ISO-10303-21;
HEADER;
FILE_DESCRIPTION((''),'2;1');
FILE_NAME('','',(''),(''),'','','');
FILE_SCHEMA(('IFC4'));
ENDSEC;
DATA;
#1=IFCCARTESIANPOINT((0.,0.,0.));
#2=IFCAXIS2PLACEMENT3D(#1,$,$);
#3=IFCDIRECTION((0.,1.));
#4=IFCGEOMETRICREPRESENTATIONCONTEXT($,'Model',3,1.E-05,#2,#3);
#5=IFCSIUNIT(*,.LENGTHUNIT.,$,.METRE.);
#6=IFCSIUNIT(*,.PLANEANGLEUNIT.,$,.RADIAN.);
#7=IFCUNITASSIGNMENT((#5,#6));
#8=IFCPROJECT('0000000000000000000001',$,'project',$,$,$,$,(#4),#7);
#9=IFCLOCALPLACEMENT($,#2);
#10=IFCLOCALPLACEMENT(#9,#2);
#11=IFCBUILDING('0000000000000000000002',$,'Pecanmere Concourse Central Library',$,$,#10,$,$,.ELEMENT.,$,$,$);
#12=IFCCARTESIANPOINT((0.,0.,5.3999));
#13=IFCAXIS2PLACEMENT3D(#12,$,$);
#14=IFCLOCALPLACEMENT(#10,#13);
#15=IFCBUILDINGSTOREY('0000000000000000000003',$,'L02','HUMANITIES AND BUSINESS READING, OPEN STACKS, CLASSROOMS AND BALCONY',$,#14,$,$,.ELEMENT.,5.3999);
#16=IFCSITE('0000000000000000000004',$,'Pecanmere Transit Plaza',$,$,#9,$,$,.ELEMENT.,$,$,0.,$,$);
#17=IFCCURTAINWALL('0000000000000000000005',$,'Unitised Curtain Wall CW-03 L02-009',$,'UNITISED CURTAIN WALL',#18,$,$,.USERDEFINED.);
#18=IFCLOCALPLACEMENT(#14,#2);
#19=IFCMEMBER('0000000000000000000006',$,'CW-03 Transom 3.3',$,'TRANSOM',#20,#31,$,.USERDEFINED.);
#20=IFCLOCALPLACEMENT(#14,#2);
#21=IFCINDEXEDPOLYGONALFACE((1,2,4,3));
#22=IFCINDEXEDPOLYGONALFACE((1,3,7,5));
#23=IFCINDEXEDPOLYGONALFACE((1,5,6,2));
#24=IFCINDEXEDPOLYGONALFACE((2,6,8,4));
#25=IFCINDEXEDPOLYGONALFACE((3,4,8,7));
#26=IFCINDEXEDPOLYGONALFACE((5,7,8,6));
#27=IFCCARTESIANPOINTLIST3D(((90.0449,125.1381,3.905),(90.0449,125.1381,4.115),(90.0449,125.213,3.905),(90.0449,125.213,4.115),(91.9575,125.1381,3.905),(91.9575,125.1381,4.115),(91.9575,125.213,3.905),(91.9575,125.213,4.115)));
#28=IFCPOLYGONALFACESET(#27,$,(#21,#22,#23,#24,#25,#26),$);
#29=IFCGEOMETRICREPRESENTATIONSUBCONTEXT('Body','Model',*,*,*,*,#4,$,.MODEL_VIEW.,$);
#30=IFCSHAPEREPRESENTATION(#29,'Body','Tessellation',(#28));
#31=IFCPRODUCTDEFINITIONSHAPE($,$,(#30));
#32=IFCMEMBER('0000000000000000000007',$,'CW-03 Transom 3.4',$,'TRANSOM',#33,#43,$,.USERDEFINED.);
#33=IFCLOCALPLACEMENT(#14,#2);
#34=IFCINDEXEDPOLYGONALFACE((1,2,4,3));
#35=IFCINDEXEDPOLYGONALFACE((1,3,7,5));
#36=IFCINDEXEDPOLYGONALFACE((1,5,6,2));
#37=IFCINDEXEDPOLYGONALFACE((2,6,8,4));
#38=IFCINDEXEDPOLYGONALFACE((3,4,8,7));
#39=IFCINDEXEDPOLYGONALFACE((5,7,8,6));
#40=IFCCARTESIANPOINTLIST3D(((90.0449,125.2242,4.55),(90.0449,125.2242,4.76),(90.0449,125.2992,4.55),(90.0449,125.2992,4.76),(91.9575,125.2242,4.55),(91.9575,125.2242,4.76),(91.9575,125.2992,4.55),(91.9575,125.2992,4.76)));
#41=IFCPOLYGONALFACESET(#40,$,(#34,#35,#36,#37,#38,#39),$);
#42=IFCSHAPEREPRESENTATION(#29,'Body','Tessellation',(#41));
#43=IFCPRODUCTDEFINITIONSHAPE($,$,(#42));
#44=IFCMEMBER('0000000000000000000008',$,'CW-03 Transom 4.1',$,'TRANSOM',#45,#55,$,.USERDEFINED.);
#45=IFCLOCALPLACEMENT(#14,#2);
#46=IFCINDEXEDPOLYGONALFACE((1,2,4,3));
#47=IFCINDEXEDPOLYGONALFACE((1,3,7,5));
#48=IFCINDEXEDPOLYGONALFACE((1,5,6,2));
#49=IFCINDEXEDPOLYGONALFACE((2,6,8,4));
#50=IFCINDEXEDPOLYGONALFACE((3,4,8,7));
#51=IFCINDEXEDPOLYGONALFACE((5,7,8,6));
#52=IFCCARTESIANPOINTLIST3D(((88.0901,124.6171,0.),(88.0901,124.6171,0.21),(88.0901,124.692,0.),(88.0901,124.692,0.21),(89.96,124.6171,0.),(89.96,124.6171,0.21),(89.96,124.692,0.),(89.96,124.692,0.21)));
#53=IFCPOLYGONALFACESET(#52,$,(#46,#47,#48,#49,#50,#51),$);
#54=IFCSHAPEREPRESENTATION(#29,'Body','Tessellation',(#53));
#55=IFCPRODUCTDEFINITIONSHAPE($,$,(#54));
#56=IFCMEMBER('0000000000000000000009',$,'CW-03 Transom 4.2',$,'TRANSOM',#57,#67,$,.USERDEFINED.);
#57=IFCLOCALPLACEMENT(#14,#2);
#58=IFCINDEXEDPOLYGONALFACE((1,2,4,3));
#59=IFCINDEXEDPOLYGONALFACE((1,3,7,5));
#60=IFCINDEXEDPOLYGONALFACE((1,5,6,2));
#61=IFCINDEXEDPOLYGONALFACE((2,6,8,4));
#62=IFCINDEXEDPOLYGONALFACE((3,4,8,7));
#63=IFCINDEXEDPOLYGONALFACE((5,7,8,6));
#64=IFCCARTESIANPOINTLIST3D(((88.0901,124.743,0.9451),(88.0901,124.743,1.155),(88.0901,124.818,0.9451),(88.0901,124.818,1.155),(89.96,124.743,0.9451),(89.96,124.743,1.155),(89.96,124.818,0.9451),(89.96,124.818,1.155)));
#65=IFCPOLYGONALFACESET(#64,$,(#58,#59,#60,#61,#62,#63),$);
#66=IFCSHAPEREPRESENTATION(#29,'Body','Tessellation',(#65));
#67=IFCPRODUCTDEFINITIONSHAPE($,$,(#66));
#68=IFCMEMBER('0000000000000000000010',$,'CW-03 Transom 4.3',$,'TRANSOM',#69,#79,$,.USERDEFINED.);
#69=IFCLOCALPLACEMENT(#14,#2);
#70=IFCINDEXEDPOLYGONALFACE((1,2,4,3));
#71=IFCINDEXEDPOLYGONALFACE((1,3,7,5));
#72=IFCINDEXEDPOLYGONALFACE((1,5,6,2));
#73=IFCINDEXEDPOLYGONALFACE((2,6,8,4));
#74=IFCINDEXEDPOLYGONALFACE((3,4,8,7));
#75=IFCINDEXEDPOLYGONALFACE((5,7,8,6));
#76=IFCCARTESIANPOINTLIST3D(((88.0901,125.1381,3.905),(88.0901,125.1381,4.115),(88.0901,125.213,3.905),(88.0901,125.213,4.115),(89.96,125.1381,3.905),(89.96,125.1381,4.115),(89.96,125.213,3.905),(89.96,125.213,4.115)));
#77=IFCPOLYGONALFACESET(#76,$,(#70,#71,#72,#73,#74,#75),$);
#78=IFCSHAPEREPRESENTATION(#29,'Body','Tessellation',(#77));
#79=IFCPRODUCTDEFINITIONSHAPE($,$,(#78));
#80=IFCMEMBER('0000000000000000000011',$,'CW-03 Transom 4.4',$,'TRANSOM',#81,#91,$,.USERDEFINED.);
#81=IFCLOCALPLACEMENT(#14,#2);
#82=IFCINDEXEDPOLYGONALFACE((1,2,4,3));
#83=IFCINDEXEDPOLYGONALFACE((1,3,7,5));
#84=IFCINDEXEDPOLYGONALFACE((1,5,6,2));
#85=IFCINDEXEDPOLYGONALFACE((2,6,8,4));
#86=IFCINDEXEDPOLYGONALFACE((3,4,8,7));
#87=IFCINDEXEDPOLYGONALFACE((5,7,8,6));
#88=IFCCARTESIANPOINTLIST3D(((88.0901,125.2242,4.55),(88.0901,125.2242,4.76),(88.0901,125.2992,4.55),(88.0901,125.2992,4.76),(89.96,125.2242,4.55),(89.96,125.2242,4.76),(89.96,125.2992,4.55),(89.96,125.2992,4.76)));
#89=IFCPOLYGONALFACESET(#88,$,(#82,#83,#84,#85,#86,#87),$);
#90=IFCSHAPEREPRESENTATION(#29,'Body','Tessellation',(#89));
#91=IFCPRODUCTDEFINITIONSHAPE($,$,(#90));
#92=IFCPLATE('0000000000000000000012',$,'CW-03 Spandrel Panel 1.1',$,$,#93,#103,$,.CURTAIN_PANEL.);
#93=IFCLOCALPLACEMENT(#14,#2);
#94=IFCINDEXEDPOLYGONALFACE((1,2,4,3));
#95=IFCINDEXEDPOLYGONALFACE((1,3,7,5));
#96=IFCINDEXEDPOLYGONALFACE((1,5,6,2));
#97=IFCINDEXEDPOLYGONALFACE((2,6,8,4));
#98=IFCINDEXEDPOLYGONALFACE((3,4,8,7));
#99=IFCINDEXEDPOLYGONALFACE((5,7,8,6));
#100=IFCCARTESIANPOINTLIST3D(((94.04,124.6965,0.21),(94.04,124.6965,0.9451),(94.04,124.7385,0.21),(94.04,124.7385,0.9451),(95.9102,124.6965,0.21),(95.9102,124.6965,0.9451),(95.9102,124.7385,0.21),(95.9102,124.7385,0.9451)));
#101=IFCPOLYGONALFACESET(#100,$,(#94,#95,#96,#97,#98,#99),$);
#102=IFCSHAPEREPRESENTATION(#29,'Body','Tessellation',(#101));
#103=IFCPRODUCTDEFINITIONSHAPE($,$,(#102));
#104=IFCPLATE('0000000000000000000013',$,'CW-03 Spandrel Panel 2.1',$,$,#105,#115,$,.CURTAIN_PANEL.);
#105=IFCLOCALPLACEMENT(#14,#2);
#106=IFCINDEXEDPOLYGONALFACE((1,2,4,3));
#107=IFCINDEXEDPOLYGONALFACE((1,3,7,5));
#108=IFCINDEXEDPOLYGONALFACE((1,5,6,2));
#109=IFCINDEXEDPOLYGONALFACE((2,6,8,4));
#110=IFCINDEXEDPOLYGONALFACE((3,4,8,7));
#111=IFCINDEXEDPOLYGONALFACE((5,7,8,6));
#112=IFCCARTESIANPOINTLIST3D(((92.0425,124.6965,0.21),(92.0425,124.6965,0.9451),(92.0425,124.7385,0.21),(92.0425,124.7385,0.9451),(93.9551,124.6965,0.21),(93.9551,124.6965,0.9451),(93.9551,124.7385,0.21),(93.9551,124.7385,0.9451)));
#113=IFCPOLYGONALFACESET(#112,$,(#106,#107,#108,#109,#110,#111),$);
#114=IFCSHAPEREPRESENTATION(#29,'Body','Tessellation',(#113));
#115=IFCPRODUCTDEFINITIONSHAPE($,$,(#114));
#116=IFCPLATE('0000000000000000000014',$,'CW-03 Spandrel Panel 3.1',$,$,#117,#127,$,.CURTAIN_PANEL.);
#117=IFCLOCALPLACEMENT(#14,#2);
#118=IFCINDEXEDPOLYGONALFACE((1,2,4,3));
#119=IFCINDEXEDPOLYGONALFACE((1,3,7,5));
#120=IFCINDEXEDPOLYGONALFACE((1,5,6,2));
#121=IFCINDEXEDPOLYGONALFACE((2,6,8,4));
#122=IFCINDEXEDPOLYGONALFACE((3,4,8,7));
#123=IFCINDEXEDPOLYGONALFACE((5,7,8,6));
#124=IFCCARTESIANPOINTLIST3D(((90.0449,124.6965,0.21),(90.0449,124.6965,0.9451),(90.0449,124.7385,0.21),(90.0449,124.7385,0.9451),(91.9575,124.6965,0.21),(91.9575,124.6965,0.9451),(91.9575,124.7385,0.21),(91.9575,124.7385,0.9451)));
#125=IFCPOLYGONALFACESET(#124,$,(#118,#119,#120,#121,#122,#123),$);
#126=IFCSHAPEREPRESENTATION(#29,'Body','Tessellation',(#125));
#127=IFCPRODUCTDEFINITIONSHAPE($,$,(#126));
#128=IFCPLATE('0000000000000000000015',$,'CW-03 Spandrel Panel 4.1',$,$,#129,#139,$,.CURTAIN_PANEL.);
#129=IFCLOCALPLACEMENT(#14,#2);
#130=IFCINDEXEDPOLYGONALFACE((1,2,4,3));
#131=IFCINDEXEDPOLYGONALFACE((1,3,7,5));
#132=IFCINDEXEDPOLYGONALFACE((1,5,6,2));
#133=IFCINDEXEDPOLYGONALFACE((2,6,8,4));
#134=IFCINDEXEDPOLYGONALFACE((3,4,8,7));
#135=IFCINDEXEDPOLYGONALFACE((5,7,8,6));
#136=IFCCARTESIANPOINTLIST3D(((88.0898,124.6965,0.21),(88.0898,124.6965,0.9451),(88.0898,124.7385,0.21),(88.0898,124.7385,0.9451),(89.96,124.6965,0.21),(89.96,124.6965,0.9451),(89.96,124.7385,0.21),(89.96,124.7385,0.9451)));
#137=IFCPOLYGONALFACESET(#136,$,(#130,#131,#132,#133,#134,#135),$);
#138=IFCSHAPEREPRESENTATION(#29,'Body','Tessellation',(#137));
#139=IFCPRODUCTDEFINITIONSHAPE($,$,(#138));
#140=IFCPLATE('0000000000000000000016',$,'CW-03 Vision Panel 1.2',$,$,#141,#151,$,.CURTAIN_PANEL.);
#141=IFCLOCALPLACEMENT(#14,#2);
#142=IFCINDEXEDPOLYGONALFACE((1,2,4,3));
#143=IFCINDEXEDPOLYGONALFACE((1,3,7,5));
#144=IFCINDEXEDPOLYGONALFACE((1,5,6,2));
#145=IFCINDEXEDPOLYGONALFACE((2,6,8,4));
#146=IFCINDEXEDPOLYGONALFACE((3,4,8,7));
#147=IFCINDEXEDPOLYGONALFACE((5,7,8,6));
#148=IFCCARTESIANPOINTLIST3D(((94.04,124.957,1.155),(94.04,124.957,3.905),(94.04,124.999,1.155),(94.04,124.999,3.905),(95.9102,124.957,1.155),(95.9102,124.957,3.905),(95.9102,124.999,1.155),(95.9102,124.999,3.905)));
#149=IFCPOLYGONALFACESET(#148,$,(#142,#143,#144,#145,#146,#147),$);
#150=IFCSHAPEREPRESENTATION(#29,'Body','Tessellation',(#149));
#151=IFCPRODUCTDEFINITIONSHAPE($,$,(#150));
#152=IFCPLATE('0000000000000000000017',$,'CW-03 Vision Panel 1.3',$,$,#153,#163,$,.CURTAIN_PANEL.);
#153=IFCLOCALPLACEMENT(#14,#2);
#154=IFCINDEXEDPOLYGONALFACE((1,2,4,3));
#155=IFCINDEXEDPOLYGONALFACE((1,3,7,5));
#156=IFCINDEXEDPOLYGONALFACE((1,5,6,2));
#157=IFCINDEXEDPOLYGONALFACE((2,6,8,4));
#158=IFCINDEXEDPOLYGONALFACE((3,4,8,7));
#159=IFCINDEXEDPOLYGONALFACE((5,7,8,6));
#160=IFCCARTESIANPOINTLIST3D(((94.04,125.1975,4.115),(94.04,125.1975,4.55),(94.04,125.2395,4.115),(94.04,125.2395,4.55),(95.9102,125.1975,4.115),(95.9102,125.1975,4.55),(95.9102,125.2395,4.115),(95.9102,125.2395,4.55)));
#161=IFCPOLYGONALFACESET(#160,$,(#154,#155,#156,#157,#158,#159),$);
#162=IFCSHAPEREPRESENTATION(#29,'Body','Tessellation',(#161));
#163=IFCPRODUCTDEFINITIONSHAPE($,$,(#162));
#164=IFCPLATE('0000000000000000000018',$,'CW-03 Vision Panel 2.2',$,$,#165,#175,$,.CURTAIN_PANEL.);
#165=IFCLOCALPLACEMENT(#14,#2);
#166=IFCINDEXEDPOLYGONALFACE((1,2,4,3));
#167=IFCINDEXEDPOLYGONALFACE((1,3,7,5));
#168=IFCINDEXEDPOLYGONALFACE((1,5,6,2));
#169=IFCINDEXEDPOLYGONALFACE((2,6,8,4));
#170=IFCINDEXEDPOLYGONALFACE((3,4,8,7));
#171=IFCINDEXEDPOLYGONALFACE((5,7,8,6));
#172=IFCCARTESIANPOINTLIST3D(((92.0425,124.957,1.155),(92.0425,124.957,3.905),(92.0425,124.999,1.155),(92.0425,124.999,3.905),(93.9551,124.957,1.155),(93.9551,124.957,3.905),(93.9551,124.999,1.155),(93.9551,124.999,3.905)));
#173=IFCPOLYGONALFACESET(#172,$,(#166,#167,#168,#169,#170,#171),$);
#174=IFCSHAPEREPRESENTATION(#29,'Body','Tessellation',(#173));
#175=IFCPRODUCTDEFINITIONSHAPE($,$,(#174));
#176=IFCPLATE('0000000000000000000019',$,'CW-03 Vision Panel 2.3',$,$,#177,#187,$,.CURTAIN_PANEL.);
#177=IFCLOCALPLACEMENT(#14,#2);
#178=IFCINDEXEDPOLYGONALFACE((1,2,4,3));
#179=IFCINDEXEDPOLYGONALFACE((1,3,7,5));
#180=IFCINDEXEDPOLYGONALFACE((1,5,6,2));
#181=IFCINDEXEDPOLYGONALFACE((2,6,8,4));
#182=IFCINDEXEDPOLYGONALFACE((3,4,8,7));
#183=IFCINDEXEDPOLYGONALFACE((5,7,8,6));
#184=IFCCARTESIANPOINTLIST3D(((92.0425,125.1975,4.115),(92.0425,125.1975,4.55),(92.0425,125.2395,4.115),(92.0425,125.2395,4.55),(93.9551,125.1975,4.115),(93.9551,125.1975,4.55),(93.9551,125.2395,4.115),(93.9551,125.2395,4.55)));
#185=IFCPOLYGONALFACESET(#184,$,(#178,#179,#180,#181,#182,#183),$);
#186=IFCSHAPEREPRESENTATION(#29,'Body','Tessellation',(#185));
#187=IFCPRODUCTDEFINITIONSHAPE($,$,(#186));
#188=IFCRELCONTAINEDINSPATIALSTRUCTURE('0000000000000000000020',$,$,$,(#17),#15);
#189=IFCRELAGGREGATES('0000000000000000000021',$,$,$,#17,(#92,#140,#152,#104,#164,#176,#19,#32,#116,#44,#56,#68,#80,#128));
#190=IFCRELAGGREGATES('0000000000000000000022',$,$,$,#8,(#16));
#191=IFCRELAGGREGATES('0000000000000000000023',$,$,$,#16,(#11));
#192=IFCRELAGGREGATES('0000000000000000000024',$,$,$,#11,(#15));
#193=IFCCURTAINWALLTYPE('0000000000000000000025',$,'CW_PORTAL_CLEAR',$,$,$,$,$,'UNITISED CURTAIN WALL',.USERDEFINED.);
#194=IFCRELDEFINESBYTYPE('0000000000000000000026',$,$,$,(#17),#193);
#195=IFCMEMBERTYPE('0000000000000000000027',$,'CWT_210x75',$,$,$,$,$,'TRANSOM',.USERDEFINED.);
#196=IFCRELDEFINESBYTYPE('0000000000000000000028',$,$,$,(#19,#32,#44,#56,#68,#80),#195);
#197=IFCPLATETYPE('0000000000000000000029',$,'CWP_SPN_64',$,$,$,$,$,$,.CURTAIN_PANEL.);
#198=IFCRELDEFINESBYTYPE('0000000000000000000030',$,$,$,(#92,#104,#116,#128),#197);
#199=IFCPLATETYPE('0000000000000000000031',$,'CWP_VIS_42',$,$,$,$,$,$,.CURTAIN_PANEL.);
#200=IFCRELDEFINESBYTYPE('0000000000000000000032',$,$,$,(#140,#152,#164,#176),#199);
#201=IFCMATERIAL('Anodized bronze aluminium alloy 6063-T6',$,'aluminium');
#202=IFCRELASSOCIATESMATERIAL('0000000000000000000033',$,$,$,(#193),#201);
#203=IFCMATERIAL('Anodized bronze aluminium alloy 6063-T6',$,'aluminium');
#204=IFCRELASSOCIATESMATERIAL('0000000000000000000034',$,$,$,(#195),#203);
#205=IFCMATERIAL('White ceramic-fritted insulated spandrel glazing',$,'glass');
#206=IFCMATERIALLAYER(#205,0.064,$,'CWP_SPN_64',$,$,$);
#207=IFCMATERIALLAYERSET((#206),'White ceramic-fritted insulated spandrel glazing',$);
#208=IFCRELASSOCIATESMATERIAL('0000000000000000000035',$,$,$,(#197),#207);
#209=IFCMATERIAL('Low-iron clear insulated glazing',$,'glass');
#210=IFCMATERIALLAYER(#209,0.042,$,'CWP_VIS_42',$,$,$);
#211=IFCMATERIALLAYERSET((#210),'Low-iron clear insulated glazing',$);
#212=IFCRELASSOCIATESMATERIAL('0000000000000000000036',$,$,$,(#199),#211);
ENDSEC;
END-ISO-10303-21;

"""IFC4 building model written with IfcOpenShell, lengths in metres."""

from ifc_helpers import new_model, si_unit, direction, frame, origin, origin_2d, place, context, subcontext, project, spatial, rectangle, extrude, material, layer, layer_set, material_profile, profile_set, type_object, element, aggregate, save


model = new_model("IFC4")

# Units and contexts
model_context = context("Model", 3, precision=1e-05, world=origin(), true_north=direction((0.0, 1.0)))
body_context = subcontext(model_context, "Body", "Model", "MODEL_VIEW")
ifc_project = project(units=[si_unit("LENGTHUNIT", "METRE"), si_unit("PLANEANGLEUNIT", "RADIAN")], contexts=[model_context])

# Site, building, storey
site_placement = place(None, origin())
site = spatial("IfcSite", under=ifc_project, at=site_placement, Name="Pecanmere Transit Plaza", CompositionType="ELEMENT", RefElevation=0.0)
building_placement = place(site_placement, origin())
building = spatial("IfcBuilding", under=site, at=building_placement, Name="Pecanmere Concourse Central Library", CompositionType="ELEMENT")
storey_placement = place(building_placement, frame((0.0, 0.0, 5.3999)))
storey = spatial("IfcBuildingStorey", under=building, at=storey_placement, Name="L02", Description="HUMANITIES AND BUSINESS READING, OPEN STACKS, CLASSROOMS AND BALCONY", CompositionType="ELEMENT", Elevation=5.3999)

# Curtain wall, members, plates
ifc_material_1 = material(Name="Anodized bronze aluminium alloy 6063-T6", Category="aluminium")
curtain_wall_type = type_object("IfcCurtainWallType", Name="CW_PORTAL_CLEAR", ElementType="UNITISED CURTAIN WALL", PredefinedType="USERDEFINED", material=ifc_material_1)
curtain_wall_placement = place(storey_placement, origin())
curtain_wall = element("IfcCurtainWall", 1, at=curtain_wall_placement, inside=storey, type_object=curtain_wall_type, Name="Unitised Curtain Wall CW-03 L02-009", ObjectType="UNITISED CURTAIN WALL", PredefinedType="USERDEFINED")
ifc_material_2 = material(Name="Anodized bronze aluminium alloy 6063-T6", Category="aluminium")
ifc_material_profile_1 = material_profile(ifc_material_2, rectangle(XDim=0.075, YDim=0.21, at=origin_2d()), Name="AL 75x210")
ifc_profile_set_1 = profile_set([ifc_material_profile_1], Name="Anodized bronze aluminium alloy 6063-T6")
member_type_1 = type_object("IfcMemberType", Name="CWT_210x75", ElementType="TRANSOM", PredefinedType="USERDEFINED", material=ifc_profile_set_1)
member_1_placement = place(storey_placement, frame((91.9575, 125.1755, 4.01), z_axis=(-1.0, 0.0, 0.0), x_axis=(0.0, -1.0, 0.0)))
member_1 = element("IfcMember", 2, at=member_1_placement, type_object=member_type_1, Name="CW-03 Transom 3.3", ObjectType="TRANSOM", PredefinedType="USERDEFINED", context=body_context, shape_type="SweptSolid", body=[
    extrude(rectangle(XDim=0.075, YDim=0.21, at=origin_2d()), origin(), (0.0, 0.0, 1.0), 1.9126),
])
member_2_placement = place(storey_placement, frame((91.9575, 125.2617, 4.655), z_axis=(-1.0, 0.0, 0.0), x_axis=(0.0, -1.0, 0.0)))
member_2 = element("IfcMember", 3, at=member_2_placement, type_object=member_type_1, Name="CW-03 Transom 3.4", ObjectType="TRANSOM", PredefinedType="USERDEFINED", context=body_context, shape_type="SweptSolid", body=[
    extrude(rectangle(XDim=0.075, YDim=0.21, at=origin_2d()), origin(), (0.0, 0.0, 1.0), 1.9126),
])
member_3_placement = place(storey_placement, frame((89.96, 124.6545, 0.105), z_axis=(-1.0, 0.0, 0.0), x_axis=(0.0, -1.0, 0.0)))
member_3 = element("IfcMember", 4, at=member_3_placement, type_object=member_type_1, Name="CW-03 Transom 4.1", ObjectType="TRANSOM", PredefinedType="USERDEFINED", context=body_context, shape_type="SweptSolid", body=[
    extrude(rectangle(XDim=0.075, YDim=0.21, at=origin_2d()), origin(), (0.0, 0.0, 1.0), 1.8699),
])
member_4_placement = place(storey_placement, frame((89.96, 124.7805, 1.05), z_axis=(-1.0, 0.0, 0.0), x_axis=(0.0, -1.0, 0.0)))
member_4 = element("IfcMember", 5, at=member_4_placement, type_object=member_type_1, Name="CW-03 Transom 4.2", ObjectType="TRANSOM", PredefinedType="USERDEFINED", context=body_context, shape_type="SweptSolid", body=[
    extrude(rectangle(XDim=0.075, YDim=0.21, at=origin_2d()), origin(), (0.0, 0.0, 1.0), 1.8699),
])
member_5_placement = place(storey_placement, frame((89.96, 125.1755, 4.01), z_axis=(-1.0, 0.0, 0.0), x_axis=(0.0, -1.0, 0.0)))
member_5 = element("IfcMember", 6, at=member_5_placement, type_object=member_type_1, Name="CW-03 Transom 4.3", ObjectType="TRANSOM", PredefinedType="USERDEFINED", context=body_context, shape_type="SweptSolid", body=[
    extrude(rectangle(XDim=0.075, YDim=0.21, at=origin_2d()), origin(), (0.0, 0.0, 1.0), 1.8699),
])
member_6_placement = place(storey_placement, frame((89.96, 125.2617, 4.655), z_axis=(-1.0, 0.0, 0.0), x_axis=(0.0, -1.0, 0.0)))
member_6 = element("IfcMember", 7, at=member_6_placement, type_object=member_type_1, Name="CW-03 Transom 4.4", ObjectType="TRANSOM", PredefinedType="USERDEFINED", context=body_context, shape_type="SweptSolid", body=[
    extrude(rectangle(XDim=0.075, YDim=0.21, at=origin_2d()), origin(), (0.0, 0.0, 1.0), 1.8699),
])
ifc_material_3 = material(Name="White ceramic-fritted insulated spandrel glazing", Category="glass")
ifc_layer_1 = layer(ifc_material_3, 0.064, Name="CWP_SPN_64")
ifc_layer_set_1 = layer_set([ifc_layer_1], Name="White ceramic-fritted insulated spandrel glazing")
plate_type_1 = type_object("IfcPlateType", Name="CWP_SPN_64", PredefinedType="CURTAIN_PANEL", material=ifc_layer_set_1)
plate_1_placement = place(storey_placement, frame((94.9751, 124.7175, 0.21), z_axis=(0.0, 0.0, 1.0), x_axis=(-1.0, 0.0, 0.0)))
plate_1 = element("IfcPlate", 8, at=plate_1_placement, type_object=plate_type_1, Name="CW-03 Spandrel Panel 1.1", PredefinedType="CURTAIN_PANEL", context=body_context, shape_type="SweptSolid", body=[
    extrude(rectangle(XDim=1.8701, YDim=0.042, at=origin_2d()), origin(), (0.0, 0.0, 1.0), 0.7351),
])
plate_2_placement = place(storey_placement, frame((92.9988, 124.7175, 0.21), z_axis=(0.0, 0.0, 1.0), x_axis=(-1.0, 0.0, 0.0)))
plate_2 = element("IfcPlate", 9, at=plate_2_placement, type_object=plate_type_1, Name="CW-03 Spandrel Panel 2.1", PredefinedType="CURTAIN_PANEL", context=body_context, shape_type="SweptSolid", body=[
    extrude(rectangle(XDim=1.9126, YDim=0.042, at=origin_2d()), origin(), (0.0, 0.0, 1.0), 0.7351),
])
plate_3_placement = place(storey_placement, frame((91.0012, 124.7175, 0.21), z_axis=(0.0, 0.0, 1.0), x_axis=(-1.0, 0.0, 0.0)))
plate_3 = element("IfcPlate", 10, at=plate_3_placement, type_object=plate_type_1, Name="CW-03 Spandrel Panel 3.1", PredefinedType="CURTAIN_PANEL", context=body_context, shape_type="SweptSolid", body=[
    extrude(rectangle(XDim=1.9126, YDim=0.042, at=origin_2d()), origin(), (0.0, 0.0, 1.0), 0.7351),
])
plate_4_placement = place(storey_placement, frame((89.0249, 124.7175, 0.21), z_axis=(0.0, 0.0, 1.0), x_axis=(-1.0, 0.0, 0.0)))
plate_4 = element("IfcPlate", 11, at=plate_4_placement, type_object=plate_type_1, Name="CW-03 Spandrel Panel 4.1", PredefinedType="CURTAIN_PANEL", context=body_context, shape_type="SweptSolid", body=[
    extrude(rectangle(XDim=1.8701, YDim=0.042, at=origin_2d()), origin(), (0.0, 0.0, 1.0), 0.7351),
])
ifc_material_4 = material(Name="Low-iron clear insulated glazing", Category="glass")
ifc_layer_2 = layer(ifc_material_4, 0.042, Name="CWP_VIS_42")
ifc_layer_set_2 = layer_set([ifc_layer_2], Name="Low-iron clear insulated glazing")
plate_type_2 = type_object("IfcPlateType", Name="CWP_VIS_42", PredefinedType="CURTAIN_PANEL", material=ifc_layer_set_2)
plate_5_placement = place(storey_placement, frame((94.9751, 124.978, 1.155), z_axis=(0.0, 0.0, 1.0), x_axis=(-1.0, 0.0, 0.0)))
plate_5 = element("IfcPlate", 12, at=plate_5_placement, type_object=plate_type_2, Name="CW-03 Vision Panel 1.2", PredefinedType="CURTAIN_PANEL", context=body_context, shape_type="SweptSolid", body=[
    extrude(rectangle(XDim=1.8701, YDim=0.042, at=origin_2d()), origin(), (0.0, 0.0, 1.0), 2.75),
])
plate_6_placement = place(storey_placement, frame((94.9751, 125.2185, 4.115), z_axis=(0.0, 0.0, 1.0), x_axis=(-1.0, 0.0, 0.0)))
plate_6 = element("IfcPlate", 13, at=plate_6_placement, type_object=plate_type_2, Name="CW-03 Vision Panel 1.3", PredefinedType="CURTAIN_PANEL", context=body_context, shape_type="SweptSolid", body=[
    extrude(rectangle(XDim=1.8701, YDim=0.042, at=origin_2d()), origin(), (0.0, 0.0, 1.0), 0.4351),
])
plate_7_placement = place(storey_placement, frame((92.9988, 124.978, 1.155), z_axis=(0.0, 0.0, 1.0), x_axis=(-1.0, 0.0, 0.0)))
plate_7 = element("IfcPlate", 14, at=plate_7_placement, type_object=plate_type_2, Name="CW-03 Vision Panel 2.2", PredefinedType="CURTAIN_PANEL", context=body_context, shape_type="SweptSolid", body=[
    extrude(rectangle(XDim=1.9126, YDim=0.042, at=origin_2d()), origin(), (0.0, 0.0, 1.0), 2.75),
])
plate_8_placement = place(storey_placement, frame((92.9988, 125.2185, 4.115), z_axis=(0.0, 0.0, 1.0), x_axis=(-1.0, 0.0, 0.0)))
plate_8 = element("IfcPlate", 15, at=plate_8_placement, type_object=plate_type_2, Name="CW-03 Vision Panel 2.3", PredefinedType="CURTAIN_PANEL", context=body_context, shape_type="SweptSolid", body=[
    extrude(rectangle(XDim=1.9126, YDim=0.042, at=origin_2d()), origin(), (0.0, 0.0, 1.0), 0.4351),
])
aggregate(curtain_wall, [plate_1, plate_5, plate_6, plate_2, plate_7, plate_8, member_1, member_2, plate_3, member_3, member_4, member_5, member_6, plate_4])

save(model, "model.ifc")
